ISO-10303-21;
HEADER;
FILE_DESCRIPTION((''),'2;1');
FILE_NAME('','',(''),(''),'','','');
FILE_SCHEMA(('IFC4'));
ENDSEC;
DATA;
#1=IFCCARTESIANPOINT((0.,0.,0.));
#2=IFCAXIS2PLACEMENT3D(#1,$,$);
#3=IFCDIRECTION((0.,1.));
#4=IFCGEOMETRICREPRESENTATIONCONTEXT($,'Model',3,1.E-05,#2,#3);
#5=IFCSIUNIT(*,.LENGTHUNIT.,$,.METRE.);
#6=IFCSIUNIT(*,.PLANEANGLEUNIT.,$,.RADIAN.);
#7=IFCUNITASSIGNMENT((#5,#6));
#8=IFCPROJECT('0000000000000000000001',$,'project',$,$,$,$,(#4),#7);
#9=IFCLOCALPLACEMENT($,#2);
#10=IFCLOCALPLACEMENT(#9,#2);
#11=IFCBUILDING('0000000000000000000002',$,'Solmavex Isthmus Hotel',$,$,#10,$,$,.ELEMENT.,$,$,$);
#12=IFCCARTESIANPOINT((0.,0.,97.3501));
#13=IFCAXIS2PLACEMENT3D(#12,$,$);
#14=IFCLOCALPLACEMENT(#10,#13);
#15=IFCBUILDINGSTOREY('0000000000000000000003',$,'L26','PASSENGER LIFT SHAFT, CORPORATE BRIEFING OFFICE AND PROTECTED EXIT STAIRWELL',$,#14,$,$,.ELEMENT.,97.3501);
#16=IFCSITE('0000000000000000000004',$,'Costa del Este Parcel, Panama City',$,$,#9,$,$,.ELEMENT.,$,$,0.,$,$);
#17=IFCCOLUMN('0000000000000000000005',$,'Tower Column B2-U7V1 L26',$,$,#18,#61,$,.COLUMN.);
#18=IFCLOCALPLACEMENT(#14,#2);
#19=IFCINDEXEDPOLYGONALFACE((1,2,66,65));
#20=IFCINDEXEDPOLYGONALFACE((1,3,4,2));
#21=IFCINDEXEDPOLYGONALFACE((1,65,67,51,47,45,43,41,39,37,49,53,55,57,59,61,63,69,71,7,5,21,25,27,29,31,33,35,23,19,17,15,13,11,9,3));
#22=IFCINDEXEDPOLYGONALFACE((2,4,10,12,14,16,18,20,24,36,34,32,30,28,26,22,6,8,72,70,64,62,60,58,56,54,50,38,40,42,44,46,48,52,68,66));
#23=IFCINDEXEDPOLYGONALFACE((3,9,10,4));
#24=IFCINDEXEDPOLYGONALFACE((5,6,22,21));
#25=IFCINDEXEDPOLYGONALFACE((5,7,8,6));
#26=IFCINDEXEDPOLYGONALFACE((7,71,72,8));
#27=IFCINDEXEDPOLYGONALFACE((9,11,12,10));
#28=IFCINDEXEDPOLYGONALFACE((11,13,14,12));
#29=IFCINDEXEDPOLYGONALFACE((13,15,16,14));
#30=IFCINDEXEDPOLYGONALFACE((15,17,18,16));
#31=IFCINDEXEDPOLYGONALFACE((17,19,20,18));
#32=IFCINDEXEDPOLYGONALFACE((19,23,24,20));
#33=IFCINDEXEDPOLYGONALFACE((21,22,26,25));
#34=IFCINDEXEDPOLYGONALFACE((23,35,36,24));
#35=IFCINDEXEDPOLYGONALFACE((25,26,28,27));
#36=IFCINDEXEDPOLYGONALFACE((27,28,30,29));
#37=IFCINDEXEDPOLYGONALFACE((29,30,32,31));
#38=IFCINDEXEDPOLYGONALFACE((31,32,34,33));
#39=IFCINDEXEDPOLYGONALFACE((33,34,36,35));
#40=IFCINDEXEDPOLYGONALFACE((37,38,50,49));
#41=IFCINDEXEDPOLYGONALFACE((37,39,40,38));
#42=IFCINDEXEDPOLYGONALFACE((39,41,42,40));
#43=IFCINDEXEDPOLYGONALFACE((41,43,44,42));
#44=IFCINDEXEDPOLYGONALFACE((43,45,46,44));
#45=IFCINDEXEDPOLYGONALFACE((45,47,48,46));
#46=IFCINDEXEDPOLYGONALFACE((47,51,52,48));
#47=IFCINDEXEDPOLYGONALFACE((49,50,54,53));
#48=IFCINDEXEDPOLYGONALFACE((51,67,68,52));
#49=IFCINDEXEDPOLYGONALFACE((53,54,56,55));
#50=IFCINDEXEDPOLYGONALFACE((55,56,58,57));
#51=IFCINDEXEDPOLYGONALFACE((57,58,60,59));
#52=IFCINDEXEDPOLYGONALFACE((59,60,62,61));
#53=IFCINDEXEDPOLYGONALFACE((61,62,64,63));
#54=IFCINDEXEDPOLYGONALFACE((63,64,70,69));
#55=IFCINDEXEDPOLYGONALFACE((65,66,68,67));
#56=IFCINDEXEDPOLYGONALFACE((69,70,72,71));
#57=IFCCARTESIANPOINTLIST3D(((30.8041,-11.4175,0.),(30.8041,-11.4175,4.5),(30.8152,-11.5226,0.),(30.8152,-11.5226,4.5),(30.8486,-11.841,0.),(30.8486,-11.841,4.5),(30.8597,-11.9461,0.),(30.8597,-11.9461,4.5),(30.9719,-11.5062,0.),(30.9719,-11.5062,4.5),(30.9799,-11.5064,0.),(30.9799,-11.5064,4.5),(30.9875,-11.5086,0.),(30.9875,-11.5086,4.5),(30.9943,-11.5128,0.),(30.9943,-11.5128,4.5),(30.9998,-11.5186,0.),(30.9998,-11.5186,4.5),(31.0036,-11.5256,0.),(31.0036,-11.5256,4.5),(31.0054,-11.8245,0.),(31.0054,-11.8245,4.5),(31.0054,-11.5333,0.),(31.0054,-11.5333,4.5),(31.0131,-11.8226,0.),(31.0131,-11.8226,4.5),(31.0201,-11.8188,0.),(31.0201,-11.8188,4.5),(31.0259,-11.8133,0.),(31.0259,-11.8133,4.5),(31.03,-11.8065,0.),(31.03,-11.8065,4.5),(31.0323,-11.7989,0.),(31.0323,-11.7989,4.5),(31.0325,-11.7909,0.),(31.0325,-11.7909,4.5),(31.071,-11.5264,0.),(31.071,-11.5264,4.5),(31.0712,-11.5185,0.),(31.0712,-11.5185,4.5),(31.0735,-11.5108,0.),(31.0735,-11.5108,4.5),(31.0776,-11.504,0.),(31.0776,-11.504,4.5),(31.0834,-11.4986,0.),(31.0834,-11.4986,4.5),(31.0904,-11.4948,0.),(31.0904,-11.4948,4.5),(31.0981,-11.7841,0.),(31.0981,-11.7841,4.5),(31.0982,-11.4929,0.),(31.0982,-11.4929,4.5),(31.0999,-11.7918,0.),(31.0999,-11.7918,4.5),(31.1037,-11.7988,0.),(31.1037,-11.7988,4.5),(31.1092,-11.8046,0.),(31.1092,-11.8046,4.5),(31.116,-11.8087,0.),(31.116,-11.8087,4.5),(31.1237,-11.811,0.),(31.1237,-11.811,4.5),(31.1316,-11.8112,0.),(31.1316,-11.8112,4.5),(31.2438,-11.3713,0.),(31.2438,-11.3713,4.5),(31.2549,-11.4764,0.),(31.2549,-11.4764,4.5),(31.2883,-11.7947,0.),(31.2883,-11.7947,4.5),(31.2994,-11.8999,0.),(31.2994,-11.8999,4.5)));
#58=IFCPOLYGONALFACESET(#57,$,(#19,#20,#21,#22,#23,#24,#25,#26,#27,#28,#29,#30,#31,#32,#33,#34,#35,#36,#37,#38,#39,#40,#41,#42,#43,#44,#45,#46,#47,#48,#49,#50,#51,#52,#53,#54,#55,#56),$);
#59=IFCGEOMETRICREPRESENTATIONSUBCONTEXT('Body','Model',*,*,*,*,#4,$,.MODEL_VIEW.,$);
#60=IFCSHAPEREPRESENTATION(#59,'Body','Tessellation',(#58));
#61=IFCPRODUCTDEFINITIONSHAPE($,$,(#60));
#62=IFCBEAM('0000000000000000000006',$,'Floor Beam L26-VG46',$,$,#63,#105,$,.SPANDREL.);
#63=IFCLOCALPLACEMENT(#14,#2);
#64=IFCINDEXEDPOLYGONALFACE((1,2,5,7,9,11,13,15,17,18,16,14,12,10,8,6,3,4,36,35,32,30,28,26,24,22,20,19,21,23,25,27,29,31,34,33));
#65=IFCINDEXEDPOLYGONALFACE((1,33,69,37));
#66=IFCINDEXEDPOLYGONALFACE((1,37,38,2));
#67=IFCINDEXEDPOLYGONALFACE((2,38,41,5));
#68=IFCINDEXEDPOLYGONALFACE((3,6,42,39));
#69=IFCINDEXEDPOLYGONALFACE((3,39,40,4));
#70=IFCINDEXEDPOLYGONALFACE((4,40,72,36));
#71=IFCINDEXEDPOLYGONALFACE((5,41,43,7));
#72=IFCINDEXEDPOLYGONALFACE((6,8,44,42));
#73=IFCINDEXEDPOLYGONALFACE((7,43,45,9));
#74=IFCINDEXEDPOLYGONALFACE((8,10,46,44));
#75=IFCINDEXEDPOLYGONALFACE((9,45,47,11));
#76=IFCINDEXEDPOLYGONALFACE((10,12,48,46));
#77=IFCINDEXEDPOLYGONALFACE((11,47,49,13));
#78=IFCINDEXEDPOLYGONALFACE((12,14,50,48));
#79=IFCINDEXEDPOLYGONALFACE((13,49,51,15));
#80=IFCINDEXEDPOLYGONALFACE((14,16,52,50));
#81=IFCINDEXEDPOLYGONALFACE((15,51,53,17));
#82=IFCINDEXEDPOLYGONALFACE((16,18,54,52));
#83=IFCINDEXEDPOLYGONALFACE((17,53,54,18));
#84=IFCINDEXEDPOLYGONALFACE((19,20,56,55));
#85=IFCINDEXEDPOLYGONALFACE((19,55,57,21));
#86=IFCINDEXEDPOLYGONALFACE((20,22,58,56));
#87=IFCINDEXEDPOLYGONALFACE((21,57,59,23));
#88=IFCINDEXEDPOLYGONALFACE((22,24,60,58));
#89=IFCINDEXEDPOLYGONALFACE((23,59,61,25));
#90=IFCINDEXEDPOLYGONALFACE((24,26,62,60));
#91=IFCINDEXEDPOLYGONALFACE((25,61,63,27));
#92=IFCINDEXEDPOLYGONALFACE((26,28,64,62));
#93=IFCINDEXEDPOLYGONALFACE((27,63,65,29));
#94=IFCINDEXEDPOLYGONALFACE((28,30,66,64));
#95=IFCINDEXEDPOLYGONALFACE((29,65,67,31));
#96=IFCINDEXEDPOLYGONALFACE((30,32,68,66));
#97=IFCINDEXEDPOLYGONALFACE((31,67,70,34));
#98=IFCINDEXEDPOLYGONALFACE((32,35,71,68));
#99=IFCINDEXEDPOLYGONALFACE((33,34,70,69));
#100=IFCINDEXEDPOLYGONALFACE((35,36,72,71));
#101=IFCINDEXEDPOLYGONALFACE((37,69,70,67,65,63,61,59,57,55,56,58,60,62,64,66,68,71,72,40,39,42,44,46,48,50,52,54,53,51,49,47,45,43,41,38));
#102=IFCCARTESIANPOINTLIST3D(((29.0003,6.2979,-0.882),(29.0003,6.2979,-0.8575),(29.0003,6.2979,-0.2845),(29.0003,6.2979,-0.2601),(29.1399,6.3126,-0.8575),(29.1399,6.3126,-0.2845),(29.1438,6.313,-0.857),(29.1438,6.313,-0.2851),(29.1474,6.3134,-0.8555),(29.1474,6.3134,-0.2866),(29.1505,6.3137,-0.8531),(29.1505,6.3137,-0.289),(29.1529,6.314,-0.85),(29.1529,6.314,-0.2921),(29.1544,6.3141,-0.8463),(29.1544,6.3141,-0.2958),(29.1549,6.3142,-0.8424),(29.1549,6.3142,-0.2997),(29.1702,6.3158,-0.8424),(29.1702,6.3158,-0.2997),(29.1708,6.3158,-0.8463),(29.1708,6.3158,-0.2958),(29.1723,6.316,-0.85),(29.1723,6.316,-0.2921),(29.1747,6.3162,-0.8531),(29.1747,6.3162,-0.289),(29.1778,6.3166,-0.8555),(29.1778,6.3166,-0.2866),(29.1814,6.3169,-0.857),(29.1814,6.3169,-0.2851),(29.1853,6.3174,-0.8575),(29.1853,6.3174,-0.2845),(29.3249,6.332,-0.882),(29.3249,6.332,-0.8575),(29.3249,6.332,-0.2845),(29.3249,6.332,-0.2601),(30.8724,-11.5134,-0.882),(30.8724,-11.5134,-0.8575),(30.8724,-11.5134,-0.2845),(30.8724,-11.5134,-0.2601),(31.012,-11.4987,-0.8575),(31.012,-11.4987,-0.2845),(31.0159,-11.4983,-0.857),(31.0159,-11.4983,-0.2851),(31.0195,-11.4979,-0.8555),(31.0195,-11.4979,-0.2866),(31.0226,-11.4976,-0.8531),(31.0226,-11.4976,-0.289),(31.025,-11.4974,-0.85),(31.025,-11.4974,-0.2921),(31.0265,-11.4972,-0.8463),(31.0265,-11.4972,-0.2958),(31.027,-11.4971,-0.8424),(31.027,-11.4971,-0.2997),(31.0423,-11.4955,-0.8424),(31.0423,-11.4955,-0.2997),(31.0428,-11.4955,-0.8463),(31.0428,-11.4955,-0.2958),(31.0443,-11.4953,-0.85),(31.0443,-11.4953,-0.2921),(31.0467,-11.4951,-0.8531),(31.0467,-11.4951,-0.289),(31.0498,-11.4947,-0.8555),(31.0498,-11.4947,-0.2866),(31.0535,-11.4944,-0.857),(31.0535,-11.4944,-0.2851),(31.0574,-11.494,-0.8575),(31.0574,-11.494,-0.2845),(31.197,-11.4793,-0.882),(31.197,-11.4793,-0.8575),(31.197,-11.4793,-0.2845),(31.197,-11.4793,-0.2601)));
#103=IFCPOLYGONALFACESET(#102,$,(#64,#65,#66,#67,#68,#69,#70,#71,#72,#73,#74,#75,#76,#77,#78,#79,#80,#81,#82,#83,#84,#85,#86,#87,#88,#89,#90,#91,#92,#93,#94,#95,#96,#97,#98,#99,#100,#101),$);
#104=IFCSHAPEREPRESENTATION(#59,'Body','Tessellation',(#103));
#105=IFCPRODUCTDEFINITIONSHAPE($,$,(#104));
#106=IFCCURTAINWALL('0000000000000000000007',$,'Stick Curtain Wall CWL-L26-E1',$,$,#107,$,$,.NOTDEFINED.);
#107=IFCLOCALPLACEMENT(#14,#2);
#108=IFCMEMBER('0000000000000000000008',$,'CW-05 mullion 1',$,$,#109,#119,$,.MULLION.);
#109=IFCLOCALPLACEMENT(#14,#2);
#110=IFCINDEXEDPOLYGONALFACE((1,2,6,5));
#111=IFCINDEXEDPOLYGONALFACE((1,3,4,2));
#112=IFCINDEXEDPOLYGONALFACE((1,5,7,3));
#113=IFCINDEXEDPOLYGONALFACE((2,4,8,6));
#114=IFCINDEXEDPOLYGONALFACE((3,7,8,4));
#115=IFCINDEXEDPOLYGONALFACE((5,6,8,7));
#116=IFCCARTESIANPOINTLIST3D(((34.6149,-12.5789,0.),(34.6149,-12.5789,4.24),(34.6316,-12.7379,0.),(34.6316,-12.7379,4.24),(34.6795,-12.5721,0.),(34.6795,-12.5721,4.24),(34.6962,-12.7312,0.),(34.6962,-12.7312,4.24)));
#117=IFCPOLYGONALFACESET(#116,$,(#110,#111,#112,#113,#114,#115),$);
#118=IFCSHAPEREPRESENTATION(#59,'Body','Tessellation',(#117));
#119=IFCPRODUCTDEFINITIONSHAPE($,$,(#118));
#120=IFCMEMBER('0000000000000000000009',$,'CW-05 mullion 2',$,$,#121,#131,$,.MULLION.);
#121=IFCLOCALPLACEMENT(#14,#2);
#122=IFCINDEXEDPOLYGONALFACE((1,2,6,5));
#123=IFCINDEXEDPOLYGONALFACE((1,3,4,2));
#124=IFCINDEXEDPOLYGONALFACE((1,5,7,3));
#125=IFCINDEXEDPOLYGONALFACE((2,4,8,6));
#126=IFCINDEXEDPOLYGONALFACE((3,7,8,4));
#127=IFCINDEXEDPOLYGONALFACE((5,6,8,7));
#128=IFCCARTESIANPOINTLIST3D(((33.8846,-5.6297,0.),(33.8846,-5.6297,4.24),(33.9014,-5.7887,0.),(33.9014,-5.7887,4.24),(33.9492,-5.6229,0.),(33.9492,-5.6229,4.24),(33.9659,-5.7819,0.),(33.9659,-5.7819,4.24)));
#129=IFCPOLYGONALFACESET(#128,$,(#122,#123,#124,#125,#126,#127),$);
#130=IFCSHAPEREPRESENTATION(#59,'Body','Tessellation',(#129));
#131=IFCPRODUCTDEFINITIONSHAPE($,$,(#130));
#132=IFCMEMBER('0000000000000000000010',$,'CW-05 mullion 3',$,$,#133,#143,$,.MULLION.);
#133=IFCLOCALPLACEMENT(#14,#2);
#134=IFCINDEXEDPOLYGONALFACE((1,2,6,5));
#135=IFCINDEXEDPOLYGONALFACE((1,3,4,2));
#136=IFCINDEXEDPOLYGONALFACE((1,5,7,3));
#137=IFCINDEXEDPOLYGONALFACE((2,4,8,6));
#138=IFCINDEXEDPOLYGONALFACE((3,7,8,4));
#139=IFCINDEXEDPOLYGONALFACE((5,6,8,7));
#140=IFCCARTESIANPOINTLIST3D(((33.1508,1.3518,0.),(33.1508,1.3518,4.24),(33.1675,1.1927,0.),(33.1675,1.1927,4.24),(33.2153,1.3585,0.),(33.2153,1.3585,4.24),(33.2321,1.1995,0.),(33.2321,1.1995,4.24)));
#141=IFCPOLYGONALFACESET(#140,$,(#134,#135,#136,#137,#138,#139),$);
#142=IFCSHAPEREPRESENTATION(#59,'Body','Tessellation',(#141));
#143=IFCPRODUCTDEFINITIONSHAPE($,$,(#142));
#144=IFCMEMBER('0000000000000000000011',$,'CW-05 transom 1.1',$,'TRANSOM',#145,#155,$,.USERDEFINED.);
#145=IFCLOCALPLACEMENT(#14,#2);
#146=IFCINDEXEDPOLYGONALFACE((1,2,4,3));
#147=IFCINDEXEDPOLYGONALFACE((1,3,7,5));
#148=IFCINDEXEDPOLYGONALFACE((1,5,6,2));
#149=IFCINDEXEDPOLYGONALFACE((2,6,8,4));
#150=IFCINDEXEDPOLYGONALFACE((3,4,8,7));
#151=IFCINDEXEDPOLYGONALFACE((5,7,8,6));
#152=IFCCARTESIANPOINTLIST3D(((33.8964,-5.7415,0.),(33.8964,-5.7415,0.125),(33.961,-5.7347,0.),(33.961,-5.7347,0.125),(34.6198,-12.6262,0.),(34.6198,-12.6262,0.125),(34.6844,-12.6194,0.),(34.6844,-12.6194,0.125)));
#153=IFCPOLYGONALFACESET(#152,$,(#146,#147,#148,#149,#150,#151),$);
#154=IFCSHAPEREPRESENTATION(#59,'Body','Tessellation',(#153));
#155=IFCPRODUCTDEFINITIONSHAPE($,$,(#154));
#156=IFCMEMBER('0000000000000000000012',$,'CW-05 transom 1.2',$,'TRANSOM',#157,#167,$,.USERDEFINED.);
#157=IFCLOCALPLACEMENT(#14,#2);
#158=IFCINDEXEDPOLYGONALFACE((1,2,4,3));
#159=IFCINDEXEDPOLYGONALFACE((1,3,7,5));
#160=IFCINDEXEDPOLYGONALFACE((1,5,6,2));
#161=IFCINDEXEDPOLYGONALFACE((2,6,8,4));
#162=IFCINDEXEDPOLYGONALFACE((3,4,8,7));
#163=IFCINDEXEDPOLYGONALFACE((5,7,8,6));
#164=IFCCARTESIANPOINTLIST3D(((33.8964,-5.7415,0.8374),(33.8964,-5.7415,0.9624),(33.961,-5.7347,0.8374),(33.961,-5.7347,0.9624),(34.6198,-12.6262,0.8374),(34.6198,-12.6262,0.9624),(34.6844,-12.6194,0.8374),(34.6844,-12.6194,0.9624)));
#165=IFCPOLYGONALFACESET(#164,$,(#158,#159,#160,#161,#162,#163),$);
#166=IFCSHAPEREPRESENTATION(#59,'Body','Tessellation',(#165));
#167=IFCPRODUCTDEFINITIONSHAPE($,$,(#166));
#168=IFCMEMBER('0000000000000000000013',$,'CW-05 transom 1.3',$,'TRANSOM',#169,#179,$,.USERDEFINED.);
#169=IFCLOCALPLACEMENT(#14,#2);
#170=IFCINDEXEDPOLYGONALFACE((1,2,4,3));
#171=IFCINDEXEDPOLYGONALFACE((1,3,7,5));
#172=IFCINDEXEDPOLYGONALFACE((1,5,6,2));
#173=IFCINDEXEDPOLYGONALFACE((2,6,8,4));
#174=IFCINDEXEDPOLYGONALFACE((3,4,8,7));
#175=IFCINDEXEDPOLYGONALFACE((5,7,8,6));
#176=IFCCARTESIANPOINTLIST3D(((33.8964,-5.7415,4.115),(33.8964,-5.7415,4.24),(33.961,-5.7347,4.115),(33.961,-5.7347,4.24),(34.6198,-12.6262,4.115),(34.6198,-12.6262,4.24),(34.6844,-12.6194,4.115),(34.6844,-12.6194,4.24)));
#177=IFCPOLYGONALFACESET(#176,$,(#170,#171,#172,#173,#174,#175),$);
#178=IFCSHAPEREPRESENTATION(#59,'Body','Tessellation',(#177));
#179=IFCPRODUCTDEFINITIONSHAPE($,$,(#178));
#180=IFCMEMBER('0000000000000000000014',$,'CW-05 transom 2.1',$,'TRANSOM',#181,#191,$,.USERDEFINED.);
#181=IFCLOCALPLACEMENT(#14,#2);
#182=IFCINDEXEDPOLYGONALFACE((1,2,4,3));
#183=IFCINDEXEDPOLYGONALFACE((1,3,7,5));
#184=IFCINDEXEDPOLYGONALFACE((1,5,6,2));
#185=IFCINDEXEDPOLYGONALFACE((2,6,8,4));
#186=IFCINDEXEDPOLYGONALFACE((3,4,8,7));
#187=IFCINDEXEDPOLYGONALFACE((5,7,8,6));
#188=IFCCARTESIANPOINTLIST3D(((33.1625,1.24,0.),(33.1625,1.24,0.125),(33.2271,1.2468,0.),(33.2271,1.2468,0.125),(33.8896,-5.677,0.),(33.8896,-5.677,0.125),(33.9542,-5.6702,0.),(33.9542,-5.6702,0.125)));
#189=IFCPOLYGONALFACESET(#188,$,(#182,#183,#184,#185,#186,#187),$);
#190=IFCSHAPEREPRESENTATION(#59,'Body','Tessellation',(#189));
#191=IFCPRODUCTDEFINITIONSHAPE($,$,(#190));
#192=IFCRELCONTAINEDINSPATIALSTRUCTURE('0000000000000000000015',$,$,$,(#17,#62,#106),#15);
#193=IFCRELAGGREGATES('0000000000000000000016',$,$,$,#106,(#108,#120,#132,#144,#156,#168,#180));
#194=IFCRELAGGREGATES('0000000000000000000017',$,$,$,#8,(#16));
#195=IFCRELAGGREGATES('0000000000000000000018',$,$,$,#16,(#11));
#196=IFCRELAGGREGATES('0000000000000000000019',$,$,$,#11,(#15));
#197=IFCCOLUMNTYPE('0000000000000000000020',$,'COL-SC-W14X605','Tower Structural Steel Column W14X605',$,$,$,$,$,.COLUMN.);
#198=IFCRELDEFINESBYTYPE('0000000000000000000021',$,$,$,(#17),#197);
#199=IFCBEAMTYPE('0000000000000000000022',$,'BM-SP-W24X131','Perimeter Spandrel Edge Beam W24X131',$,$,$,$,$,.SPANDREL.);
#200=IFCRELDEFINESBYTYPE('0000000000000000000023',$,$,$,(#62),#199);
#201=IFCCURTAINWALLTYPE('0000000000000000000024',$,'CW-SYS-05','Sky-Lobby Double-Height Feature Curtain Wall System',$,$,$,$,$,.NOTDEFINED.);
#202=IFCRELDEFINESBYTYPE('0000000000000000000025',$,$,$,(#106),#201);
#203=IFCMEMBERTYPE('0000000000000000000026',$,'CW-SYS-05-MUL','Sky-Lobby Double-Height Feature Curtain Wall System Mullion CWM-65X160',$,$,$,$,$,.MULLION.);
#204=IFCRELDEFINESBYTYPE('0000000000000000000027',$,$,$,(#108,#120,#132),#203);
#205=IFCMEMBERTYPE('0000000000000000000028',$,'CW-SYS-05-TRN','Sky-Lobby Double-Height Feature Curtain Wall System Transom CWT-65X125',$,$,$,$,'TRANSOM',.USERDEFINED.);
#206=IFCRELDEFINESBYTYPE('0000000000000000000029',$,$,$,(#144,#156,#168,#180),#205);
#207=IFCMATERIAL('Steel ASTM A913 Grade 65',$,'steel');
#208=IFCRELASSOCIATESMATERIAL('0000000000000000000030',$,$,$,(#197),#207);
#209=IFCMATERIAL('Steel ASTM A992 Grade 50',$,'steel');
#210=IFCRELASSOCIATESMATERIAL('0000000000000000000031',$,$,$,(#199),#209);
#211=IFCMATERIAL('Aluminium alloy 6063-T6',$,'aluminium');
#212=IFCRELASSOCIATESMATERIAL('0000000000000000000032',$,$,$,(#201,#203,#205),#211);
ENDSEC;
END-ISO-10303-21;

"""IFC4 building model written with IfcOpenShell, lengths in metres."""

from ifc_helpers import new_model, si_unit, direction, frame, origin, origin_2d, place, context, subcontext, project, spatial, rectangle, i_section, extrude, material, material_profile, profile_set, type_object, element, aggregate, save


model = new_model("IFC4")

# Units and contexts
model_context = context("Model", 3, precision=1e-05, world=origin(), true_north=direction((0.0, 1.0)))
body_context = subcontext(model_context, "Body", "Model", "MODEL_VIEW")
ifc_project = project(units=[si_unit("LENGTHUNIT", "METRE"), si_unit("PLANEANGLEUNIT", "RADIAN")], contexts=[model_context])

# Site, building, storey
site_placement = place(None, origin())
site = spatial("IfcSite", under=ifc_project, at=site_placement, Name="Costa del Este Parcel, Panama City", CompositionType="ELEMENT", RefElevation=0.0)
building_placement = place(site_placement, origin())
building = spatial("IfcBuilding", under=site, at=building_placement, Name="Solmavex Isthmus Hotel", CompositionType="ELEMENT")
storey_placement = place(building_placement, frame((0.0, 0.0, 97.3501)))
storey = spatial("IfcBuildingStorey", under=building, at=storey_placement, Name="L26", Description="PASSENGER LIFT SHAFT, CORPORATE BRIEFING OFFICE AND PROTECTED EXIT STAIRWELL", CompositionType="ELEMENT", Elevation=97.3501)

# Column
ifc_material_1 = material(Name="Steel ASTM A913 Grade 65", Category="steel")
ifc_material_profile_1 = material_profile(ifc_material_1, i_section(OverallWidth=0.4421, OverallDepth=0.5315, WebThickness=0.0659, FlangeThickness=0.1057, FilletRadius=0.0305, at=origin_2d()), Name="W14X605")
ifc_profile_set_1 = profile_set([ifc_material_profile_1], Name="Steel ASTM A913 Grade 65")
column_type = type_object("IfcColumnType", Name="COL-SC-W14X605", Description="Tower Structural Steel Column W14X605", PredefinedType="COLUMN", material=ifc_profile_set_1)
column_placement = place(storey_placement, frame((31.0518, -11.6587, 0.0), z_axis=(0.0, 0.0, 1.0), x_axis=(0.994522, 0.104528, 0.0)))
element("IfcColumn", 1, at=column_placement, inside=storey, type_object=column_type, Name="Tower Column B2-U7V1 L26", PredefinedType="COLUMN", context=body_context, shape_type="SweptSolid", body=[
    extrude(i_section(OverallWidth=0.4421, OverallDepth=0.5315, WebThickness=0.0659, FlangeThickness=0.1057, FilletRadius=0.0305, at=origin_2d()), origin(), (0.0, 0.0, 1.0), 4.5),
])

# Beam
ifc_material_2 = material(Name="Steel ASTM A992 Grade 50", Category="steel")
ifc_material_profile_2 = material_profile(ifc_material_2, i_section(OverallWidth=0.3264, OverallDepth=0.6218, WebThickness=0.0154, FlangeThickness=0.0244, FilletRadius=0.0151, at=origin_2d()), Name="W24X131")
ifc_profile_set_2 = profile_set([ifc_material_profile_2], Name="Steel ASTM A992 Grade 50")
beam_type = type_object("IfcBeamType", Name="BM-SP-W24X131", Description="Perimeter Spandrel Edge Beam W24X131", PredefinedType="SPANDREL", material=ifc_profile_set_2)
beam_placement = place(storey_placement, frame((31.0347, -11.4963, -0.571), z_axis=(-0.10453, 0.994522, 0.0), x_axis=(-0.994522, -0.10453, 0.0)))
element("IfcBeam", 2, at=beam_placement, inside=storey, type_object=beam_type, Name="Floor Beam L26-VG46", PredefinedType="SPANDREL", context=body_context, shape_type="SweptSolid", body=[
    extrude(i_section(OverallWidth=0.3264, OverallDepth=0.6218, WebThickness=0.0154, FlangeThickness=0.0244, FilletRadius=0.0151, at=origin_2d()), origin(), (0.0, 0.0, 1.0), 17.9094),
])

# Curtain wall, members
ifc_material_3 = material(Name="Aluminium alloy 6063-T6", Category="aluminium")
curtain_wall_type = type_object("IfcCurtainWallType", Name="CW-SYS-05", Description="Sky-Lobby Double-Height Feature Curtain Wall System", PredefinedType="NOTDEFINED", material=ifc_material_3)
curtain_wall_placement = place(storey_placement, origin())
curtain_wall = element("IfcCurtainWall", 3, at=curtain_wall_placement, inside=storey, type_object=curtain_wall_type, Name="Stick Curtain Wall CWL-L26-E1", PredefinedType="NOTDEFINED")
ifc_material_profile_3 = material_profile(ifc_material_3, rectangle(XDim=0.0649, YDim=0.1599, at=origin_2d()), Name="CWM-65X160")
ifc_profile_set_3 = profile_set([ifc_material_profile_3], Name="Aluminium alloy 6063-T6")
member_type_1 = type_object("IfcMemberType", Name="CW-SYS-05-MUL", Description="Sky-Lobby Double-Height Feature Curtain Wall System Mullion CWM-65X160", PredefinedType="MULLION", material=ifc_profile_set_3)
member_1_placement = place(storey_placement, frame((34.6555, -12.655, 0.0), z_axis=(0.0, 0.0, 1.0), x_axis=(-0.994522, -0.104528, 0.0)))
member_1 = element("IfcMember", 4, at=member_1_placement, type_object=member_type_1, Name="CW-05 mullion 1", PredefinedType="MULLION", context=body_context, shape_type="SweptSolid", body=[
    extrude(rectangle(XDim=0.0649, YDim=0.1599, at=origin_2d()), origin(), (0.0, 0.0, 1.0), 4.24),
])
member_2_placement = place(storey_placement, frame((33.9253, -5.7058, 0.0), z_axis=(0.0, 0.0, 1.0), x_axis=(-0.994522, -0.104528, 0.0)))
member_2 = element("IfcMember", 5, at=member_2_placement, type_object=member_type_1, Name="CW-05 mullion 2", PredefinedType="MULLION", context=body_context, shape_type="SweptSolid", body=[
    extrude(rectangle(XDim=0.0649, YDim=0.1599, at=origin_2d()), origin(), (0.0, 0.0, 1.0), 4.24),
])
member_3_placement = place(storey_placement, frame((33.1914, 1.2756, 0.0), z_axis=(0.0, 0.0, 1.0), x_axis=(-0.994522, -0.104528, 0.0)))
member_3 = element("IfcMember", 6, at=member_3_placement, type_object=member_type_1, Name="CW-05 mullion 3", PredefinedType="MULLION", context=body_context, shape_type="SweptSolid", body=[
    extrude(rectangle(XDim=0.0649, YDim=0.1599, at=origin_2d()), origin(), (0.0, 0.0, 1.0), 4.24),
])
ifc_material_profile_4 = material_profile(ifc_material_3, rectangle(XDim=0.0649, YDim=0.125, at=origin_2d()), Name="CWT-65X125")
ifc_profile_set_4 = profile_set([ifc_material_profile_4], Name="Aluminium alloy 6063-T6")
member_type_2 = type_object("IfcMemberType", Name="CW-SYS-05-TRN", Description="Sky-Lobby Double-Height Feature Curtain Wall System Transom CWT-65X125", ElementType="TRANSOM", PredefinedType="USERDEFINED", material=ifc_profile_set_4)
member_4_placement = place(storey_placement, frame((34.6521, -12.6228, 0.0625), z_axis=(-0.104496, 0.994525, 0.0), x_axis=(-0.994525, -0.104496, 0.0)))
member_4 = element("IfcMember", 7, at=member_4_placement, type_object=member_type_2, Name="CW-05 transom 1.1", ObjectType="TRANSOM", PredefinedType="USERDEFINED", context=body_context, shape_type="SweptSolid", body=[
    extrude(rectangle(XDim=0.0649, YDim=0.125, at=origin_2d()), origin(), (0.0, 0.0, 1.0), 6.9226),
])
member_5_placement = place(storey_placement, frame((34.6521, -12.6228, 0.8999), z_axis=(-0.104496, 0.994525, 0.0), x_axis=(-0.994525, -0.104496, 0.0)))
member_5 = element("IfcMember", 8, at=member_5_placement, type_object=member_type_2, Name="CW-05 transom 1.2", ObjectType="TRANSOM", PredefinedType="USERDEFINED", context=body_context, shape_type="SweptSolid", body=[
    extrude(rectangle(XDim=0.0649, YDim=0.125, at=origin_2d()), origin(), (0.0, 0.0, 1.0), 6.9226),
])
member_6_placement = place(storey_placement, frame((34.6521, -12.6228, 4.1775), z_axis=(-0.104496, 0.994525, 0.0), x_axis=(-0.994525, -0.104496, 0.0)))
member_6 = element("IfcMember", 9, at=member_6_placement, type_object=member_type_2, Name="CW-05 transom 1.3", ObjectType="TRANSOM", PredefinedType="USERDEFINED", context=body_context, shape_type="SweptSolid", body=[
    extrude(rectangle(XDim=0.0649, YDim=0.125, at=origin_2d()), origin(), (0.0, 0.0, 1.0), 6.9226),
])
member_7_placement = place(storey_placement, frame((33.9219, -5.6736, 0.0625), z_axis=(-0.104535, 0.994521, 0.0), x_axis=(-0.994521, -0.104535, 0.0)))
member_7 = element("IfcMember", 10, at=member_7_placement, type_object=member_type_2, Name="CW-05 transom 2.1", ObjectType="TRANSOM", PredefinedType="USERDEFINED", context=body_context, shape_type="SweptSolid", body=[
    extrude(rectangle(XDim=0.0649, YDim=0.125, at=origin_2d()), origin(), (0.0, 0.0, 1.0), 6.9551),
])
aggregate(curtain_wall, [member_1, member_2, member_3, member_4, member_5, member_6, member_7])

save(model, "model.ifc")
